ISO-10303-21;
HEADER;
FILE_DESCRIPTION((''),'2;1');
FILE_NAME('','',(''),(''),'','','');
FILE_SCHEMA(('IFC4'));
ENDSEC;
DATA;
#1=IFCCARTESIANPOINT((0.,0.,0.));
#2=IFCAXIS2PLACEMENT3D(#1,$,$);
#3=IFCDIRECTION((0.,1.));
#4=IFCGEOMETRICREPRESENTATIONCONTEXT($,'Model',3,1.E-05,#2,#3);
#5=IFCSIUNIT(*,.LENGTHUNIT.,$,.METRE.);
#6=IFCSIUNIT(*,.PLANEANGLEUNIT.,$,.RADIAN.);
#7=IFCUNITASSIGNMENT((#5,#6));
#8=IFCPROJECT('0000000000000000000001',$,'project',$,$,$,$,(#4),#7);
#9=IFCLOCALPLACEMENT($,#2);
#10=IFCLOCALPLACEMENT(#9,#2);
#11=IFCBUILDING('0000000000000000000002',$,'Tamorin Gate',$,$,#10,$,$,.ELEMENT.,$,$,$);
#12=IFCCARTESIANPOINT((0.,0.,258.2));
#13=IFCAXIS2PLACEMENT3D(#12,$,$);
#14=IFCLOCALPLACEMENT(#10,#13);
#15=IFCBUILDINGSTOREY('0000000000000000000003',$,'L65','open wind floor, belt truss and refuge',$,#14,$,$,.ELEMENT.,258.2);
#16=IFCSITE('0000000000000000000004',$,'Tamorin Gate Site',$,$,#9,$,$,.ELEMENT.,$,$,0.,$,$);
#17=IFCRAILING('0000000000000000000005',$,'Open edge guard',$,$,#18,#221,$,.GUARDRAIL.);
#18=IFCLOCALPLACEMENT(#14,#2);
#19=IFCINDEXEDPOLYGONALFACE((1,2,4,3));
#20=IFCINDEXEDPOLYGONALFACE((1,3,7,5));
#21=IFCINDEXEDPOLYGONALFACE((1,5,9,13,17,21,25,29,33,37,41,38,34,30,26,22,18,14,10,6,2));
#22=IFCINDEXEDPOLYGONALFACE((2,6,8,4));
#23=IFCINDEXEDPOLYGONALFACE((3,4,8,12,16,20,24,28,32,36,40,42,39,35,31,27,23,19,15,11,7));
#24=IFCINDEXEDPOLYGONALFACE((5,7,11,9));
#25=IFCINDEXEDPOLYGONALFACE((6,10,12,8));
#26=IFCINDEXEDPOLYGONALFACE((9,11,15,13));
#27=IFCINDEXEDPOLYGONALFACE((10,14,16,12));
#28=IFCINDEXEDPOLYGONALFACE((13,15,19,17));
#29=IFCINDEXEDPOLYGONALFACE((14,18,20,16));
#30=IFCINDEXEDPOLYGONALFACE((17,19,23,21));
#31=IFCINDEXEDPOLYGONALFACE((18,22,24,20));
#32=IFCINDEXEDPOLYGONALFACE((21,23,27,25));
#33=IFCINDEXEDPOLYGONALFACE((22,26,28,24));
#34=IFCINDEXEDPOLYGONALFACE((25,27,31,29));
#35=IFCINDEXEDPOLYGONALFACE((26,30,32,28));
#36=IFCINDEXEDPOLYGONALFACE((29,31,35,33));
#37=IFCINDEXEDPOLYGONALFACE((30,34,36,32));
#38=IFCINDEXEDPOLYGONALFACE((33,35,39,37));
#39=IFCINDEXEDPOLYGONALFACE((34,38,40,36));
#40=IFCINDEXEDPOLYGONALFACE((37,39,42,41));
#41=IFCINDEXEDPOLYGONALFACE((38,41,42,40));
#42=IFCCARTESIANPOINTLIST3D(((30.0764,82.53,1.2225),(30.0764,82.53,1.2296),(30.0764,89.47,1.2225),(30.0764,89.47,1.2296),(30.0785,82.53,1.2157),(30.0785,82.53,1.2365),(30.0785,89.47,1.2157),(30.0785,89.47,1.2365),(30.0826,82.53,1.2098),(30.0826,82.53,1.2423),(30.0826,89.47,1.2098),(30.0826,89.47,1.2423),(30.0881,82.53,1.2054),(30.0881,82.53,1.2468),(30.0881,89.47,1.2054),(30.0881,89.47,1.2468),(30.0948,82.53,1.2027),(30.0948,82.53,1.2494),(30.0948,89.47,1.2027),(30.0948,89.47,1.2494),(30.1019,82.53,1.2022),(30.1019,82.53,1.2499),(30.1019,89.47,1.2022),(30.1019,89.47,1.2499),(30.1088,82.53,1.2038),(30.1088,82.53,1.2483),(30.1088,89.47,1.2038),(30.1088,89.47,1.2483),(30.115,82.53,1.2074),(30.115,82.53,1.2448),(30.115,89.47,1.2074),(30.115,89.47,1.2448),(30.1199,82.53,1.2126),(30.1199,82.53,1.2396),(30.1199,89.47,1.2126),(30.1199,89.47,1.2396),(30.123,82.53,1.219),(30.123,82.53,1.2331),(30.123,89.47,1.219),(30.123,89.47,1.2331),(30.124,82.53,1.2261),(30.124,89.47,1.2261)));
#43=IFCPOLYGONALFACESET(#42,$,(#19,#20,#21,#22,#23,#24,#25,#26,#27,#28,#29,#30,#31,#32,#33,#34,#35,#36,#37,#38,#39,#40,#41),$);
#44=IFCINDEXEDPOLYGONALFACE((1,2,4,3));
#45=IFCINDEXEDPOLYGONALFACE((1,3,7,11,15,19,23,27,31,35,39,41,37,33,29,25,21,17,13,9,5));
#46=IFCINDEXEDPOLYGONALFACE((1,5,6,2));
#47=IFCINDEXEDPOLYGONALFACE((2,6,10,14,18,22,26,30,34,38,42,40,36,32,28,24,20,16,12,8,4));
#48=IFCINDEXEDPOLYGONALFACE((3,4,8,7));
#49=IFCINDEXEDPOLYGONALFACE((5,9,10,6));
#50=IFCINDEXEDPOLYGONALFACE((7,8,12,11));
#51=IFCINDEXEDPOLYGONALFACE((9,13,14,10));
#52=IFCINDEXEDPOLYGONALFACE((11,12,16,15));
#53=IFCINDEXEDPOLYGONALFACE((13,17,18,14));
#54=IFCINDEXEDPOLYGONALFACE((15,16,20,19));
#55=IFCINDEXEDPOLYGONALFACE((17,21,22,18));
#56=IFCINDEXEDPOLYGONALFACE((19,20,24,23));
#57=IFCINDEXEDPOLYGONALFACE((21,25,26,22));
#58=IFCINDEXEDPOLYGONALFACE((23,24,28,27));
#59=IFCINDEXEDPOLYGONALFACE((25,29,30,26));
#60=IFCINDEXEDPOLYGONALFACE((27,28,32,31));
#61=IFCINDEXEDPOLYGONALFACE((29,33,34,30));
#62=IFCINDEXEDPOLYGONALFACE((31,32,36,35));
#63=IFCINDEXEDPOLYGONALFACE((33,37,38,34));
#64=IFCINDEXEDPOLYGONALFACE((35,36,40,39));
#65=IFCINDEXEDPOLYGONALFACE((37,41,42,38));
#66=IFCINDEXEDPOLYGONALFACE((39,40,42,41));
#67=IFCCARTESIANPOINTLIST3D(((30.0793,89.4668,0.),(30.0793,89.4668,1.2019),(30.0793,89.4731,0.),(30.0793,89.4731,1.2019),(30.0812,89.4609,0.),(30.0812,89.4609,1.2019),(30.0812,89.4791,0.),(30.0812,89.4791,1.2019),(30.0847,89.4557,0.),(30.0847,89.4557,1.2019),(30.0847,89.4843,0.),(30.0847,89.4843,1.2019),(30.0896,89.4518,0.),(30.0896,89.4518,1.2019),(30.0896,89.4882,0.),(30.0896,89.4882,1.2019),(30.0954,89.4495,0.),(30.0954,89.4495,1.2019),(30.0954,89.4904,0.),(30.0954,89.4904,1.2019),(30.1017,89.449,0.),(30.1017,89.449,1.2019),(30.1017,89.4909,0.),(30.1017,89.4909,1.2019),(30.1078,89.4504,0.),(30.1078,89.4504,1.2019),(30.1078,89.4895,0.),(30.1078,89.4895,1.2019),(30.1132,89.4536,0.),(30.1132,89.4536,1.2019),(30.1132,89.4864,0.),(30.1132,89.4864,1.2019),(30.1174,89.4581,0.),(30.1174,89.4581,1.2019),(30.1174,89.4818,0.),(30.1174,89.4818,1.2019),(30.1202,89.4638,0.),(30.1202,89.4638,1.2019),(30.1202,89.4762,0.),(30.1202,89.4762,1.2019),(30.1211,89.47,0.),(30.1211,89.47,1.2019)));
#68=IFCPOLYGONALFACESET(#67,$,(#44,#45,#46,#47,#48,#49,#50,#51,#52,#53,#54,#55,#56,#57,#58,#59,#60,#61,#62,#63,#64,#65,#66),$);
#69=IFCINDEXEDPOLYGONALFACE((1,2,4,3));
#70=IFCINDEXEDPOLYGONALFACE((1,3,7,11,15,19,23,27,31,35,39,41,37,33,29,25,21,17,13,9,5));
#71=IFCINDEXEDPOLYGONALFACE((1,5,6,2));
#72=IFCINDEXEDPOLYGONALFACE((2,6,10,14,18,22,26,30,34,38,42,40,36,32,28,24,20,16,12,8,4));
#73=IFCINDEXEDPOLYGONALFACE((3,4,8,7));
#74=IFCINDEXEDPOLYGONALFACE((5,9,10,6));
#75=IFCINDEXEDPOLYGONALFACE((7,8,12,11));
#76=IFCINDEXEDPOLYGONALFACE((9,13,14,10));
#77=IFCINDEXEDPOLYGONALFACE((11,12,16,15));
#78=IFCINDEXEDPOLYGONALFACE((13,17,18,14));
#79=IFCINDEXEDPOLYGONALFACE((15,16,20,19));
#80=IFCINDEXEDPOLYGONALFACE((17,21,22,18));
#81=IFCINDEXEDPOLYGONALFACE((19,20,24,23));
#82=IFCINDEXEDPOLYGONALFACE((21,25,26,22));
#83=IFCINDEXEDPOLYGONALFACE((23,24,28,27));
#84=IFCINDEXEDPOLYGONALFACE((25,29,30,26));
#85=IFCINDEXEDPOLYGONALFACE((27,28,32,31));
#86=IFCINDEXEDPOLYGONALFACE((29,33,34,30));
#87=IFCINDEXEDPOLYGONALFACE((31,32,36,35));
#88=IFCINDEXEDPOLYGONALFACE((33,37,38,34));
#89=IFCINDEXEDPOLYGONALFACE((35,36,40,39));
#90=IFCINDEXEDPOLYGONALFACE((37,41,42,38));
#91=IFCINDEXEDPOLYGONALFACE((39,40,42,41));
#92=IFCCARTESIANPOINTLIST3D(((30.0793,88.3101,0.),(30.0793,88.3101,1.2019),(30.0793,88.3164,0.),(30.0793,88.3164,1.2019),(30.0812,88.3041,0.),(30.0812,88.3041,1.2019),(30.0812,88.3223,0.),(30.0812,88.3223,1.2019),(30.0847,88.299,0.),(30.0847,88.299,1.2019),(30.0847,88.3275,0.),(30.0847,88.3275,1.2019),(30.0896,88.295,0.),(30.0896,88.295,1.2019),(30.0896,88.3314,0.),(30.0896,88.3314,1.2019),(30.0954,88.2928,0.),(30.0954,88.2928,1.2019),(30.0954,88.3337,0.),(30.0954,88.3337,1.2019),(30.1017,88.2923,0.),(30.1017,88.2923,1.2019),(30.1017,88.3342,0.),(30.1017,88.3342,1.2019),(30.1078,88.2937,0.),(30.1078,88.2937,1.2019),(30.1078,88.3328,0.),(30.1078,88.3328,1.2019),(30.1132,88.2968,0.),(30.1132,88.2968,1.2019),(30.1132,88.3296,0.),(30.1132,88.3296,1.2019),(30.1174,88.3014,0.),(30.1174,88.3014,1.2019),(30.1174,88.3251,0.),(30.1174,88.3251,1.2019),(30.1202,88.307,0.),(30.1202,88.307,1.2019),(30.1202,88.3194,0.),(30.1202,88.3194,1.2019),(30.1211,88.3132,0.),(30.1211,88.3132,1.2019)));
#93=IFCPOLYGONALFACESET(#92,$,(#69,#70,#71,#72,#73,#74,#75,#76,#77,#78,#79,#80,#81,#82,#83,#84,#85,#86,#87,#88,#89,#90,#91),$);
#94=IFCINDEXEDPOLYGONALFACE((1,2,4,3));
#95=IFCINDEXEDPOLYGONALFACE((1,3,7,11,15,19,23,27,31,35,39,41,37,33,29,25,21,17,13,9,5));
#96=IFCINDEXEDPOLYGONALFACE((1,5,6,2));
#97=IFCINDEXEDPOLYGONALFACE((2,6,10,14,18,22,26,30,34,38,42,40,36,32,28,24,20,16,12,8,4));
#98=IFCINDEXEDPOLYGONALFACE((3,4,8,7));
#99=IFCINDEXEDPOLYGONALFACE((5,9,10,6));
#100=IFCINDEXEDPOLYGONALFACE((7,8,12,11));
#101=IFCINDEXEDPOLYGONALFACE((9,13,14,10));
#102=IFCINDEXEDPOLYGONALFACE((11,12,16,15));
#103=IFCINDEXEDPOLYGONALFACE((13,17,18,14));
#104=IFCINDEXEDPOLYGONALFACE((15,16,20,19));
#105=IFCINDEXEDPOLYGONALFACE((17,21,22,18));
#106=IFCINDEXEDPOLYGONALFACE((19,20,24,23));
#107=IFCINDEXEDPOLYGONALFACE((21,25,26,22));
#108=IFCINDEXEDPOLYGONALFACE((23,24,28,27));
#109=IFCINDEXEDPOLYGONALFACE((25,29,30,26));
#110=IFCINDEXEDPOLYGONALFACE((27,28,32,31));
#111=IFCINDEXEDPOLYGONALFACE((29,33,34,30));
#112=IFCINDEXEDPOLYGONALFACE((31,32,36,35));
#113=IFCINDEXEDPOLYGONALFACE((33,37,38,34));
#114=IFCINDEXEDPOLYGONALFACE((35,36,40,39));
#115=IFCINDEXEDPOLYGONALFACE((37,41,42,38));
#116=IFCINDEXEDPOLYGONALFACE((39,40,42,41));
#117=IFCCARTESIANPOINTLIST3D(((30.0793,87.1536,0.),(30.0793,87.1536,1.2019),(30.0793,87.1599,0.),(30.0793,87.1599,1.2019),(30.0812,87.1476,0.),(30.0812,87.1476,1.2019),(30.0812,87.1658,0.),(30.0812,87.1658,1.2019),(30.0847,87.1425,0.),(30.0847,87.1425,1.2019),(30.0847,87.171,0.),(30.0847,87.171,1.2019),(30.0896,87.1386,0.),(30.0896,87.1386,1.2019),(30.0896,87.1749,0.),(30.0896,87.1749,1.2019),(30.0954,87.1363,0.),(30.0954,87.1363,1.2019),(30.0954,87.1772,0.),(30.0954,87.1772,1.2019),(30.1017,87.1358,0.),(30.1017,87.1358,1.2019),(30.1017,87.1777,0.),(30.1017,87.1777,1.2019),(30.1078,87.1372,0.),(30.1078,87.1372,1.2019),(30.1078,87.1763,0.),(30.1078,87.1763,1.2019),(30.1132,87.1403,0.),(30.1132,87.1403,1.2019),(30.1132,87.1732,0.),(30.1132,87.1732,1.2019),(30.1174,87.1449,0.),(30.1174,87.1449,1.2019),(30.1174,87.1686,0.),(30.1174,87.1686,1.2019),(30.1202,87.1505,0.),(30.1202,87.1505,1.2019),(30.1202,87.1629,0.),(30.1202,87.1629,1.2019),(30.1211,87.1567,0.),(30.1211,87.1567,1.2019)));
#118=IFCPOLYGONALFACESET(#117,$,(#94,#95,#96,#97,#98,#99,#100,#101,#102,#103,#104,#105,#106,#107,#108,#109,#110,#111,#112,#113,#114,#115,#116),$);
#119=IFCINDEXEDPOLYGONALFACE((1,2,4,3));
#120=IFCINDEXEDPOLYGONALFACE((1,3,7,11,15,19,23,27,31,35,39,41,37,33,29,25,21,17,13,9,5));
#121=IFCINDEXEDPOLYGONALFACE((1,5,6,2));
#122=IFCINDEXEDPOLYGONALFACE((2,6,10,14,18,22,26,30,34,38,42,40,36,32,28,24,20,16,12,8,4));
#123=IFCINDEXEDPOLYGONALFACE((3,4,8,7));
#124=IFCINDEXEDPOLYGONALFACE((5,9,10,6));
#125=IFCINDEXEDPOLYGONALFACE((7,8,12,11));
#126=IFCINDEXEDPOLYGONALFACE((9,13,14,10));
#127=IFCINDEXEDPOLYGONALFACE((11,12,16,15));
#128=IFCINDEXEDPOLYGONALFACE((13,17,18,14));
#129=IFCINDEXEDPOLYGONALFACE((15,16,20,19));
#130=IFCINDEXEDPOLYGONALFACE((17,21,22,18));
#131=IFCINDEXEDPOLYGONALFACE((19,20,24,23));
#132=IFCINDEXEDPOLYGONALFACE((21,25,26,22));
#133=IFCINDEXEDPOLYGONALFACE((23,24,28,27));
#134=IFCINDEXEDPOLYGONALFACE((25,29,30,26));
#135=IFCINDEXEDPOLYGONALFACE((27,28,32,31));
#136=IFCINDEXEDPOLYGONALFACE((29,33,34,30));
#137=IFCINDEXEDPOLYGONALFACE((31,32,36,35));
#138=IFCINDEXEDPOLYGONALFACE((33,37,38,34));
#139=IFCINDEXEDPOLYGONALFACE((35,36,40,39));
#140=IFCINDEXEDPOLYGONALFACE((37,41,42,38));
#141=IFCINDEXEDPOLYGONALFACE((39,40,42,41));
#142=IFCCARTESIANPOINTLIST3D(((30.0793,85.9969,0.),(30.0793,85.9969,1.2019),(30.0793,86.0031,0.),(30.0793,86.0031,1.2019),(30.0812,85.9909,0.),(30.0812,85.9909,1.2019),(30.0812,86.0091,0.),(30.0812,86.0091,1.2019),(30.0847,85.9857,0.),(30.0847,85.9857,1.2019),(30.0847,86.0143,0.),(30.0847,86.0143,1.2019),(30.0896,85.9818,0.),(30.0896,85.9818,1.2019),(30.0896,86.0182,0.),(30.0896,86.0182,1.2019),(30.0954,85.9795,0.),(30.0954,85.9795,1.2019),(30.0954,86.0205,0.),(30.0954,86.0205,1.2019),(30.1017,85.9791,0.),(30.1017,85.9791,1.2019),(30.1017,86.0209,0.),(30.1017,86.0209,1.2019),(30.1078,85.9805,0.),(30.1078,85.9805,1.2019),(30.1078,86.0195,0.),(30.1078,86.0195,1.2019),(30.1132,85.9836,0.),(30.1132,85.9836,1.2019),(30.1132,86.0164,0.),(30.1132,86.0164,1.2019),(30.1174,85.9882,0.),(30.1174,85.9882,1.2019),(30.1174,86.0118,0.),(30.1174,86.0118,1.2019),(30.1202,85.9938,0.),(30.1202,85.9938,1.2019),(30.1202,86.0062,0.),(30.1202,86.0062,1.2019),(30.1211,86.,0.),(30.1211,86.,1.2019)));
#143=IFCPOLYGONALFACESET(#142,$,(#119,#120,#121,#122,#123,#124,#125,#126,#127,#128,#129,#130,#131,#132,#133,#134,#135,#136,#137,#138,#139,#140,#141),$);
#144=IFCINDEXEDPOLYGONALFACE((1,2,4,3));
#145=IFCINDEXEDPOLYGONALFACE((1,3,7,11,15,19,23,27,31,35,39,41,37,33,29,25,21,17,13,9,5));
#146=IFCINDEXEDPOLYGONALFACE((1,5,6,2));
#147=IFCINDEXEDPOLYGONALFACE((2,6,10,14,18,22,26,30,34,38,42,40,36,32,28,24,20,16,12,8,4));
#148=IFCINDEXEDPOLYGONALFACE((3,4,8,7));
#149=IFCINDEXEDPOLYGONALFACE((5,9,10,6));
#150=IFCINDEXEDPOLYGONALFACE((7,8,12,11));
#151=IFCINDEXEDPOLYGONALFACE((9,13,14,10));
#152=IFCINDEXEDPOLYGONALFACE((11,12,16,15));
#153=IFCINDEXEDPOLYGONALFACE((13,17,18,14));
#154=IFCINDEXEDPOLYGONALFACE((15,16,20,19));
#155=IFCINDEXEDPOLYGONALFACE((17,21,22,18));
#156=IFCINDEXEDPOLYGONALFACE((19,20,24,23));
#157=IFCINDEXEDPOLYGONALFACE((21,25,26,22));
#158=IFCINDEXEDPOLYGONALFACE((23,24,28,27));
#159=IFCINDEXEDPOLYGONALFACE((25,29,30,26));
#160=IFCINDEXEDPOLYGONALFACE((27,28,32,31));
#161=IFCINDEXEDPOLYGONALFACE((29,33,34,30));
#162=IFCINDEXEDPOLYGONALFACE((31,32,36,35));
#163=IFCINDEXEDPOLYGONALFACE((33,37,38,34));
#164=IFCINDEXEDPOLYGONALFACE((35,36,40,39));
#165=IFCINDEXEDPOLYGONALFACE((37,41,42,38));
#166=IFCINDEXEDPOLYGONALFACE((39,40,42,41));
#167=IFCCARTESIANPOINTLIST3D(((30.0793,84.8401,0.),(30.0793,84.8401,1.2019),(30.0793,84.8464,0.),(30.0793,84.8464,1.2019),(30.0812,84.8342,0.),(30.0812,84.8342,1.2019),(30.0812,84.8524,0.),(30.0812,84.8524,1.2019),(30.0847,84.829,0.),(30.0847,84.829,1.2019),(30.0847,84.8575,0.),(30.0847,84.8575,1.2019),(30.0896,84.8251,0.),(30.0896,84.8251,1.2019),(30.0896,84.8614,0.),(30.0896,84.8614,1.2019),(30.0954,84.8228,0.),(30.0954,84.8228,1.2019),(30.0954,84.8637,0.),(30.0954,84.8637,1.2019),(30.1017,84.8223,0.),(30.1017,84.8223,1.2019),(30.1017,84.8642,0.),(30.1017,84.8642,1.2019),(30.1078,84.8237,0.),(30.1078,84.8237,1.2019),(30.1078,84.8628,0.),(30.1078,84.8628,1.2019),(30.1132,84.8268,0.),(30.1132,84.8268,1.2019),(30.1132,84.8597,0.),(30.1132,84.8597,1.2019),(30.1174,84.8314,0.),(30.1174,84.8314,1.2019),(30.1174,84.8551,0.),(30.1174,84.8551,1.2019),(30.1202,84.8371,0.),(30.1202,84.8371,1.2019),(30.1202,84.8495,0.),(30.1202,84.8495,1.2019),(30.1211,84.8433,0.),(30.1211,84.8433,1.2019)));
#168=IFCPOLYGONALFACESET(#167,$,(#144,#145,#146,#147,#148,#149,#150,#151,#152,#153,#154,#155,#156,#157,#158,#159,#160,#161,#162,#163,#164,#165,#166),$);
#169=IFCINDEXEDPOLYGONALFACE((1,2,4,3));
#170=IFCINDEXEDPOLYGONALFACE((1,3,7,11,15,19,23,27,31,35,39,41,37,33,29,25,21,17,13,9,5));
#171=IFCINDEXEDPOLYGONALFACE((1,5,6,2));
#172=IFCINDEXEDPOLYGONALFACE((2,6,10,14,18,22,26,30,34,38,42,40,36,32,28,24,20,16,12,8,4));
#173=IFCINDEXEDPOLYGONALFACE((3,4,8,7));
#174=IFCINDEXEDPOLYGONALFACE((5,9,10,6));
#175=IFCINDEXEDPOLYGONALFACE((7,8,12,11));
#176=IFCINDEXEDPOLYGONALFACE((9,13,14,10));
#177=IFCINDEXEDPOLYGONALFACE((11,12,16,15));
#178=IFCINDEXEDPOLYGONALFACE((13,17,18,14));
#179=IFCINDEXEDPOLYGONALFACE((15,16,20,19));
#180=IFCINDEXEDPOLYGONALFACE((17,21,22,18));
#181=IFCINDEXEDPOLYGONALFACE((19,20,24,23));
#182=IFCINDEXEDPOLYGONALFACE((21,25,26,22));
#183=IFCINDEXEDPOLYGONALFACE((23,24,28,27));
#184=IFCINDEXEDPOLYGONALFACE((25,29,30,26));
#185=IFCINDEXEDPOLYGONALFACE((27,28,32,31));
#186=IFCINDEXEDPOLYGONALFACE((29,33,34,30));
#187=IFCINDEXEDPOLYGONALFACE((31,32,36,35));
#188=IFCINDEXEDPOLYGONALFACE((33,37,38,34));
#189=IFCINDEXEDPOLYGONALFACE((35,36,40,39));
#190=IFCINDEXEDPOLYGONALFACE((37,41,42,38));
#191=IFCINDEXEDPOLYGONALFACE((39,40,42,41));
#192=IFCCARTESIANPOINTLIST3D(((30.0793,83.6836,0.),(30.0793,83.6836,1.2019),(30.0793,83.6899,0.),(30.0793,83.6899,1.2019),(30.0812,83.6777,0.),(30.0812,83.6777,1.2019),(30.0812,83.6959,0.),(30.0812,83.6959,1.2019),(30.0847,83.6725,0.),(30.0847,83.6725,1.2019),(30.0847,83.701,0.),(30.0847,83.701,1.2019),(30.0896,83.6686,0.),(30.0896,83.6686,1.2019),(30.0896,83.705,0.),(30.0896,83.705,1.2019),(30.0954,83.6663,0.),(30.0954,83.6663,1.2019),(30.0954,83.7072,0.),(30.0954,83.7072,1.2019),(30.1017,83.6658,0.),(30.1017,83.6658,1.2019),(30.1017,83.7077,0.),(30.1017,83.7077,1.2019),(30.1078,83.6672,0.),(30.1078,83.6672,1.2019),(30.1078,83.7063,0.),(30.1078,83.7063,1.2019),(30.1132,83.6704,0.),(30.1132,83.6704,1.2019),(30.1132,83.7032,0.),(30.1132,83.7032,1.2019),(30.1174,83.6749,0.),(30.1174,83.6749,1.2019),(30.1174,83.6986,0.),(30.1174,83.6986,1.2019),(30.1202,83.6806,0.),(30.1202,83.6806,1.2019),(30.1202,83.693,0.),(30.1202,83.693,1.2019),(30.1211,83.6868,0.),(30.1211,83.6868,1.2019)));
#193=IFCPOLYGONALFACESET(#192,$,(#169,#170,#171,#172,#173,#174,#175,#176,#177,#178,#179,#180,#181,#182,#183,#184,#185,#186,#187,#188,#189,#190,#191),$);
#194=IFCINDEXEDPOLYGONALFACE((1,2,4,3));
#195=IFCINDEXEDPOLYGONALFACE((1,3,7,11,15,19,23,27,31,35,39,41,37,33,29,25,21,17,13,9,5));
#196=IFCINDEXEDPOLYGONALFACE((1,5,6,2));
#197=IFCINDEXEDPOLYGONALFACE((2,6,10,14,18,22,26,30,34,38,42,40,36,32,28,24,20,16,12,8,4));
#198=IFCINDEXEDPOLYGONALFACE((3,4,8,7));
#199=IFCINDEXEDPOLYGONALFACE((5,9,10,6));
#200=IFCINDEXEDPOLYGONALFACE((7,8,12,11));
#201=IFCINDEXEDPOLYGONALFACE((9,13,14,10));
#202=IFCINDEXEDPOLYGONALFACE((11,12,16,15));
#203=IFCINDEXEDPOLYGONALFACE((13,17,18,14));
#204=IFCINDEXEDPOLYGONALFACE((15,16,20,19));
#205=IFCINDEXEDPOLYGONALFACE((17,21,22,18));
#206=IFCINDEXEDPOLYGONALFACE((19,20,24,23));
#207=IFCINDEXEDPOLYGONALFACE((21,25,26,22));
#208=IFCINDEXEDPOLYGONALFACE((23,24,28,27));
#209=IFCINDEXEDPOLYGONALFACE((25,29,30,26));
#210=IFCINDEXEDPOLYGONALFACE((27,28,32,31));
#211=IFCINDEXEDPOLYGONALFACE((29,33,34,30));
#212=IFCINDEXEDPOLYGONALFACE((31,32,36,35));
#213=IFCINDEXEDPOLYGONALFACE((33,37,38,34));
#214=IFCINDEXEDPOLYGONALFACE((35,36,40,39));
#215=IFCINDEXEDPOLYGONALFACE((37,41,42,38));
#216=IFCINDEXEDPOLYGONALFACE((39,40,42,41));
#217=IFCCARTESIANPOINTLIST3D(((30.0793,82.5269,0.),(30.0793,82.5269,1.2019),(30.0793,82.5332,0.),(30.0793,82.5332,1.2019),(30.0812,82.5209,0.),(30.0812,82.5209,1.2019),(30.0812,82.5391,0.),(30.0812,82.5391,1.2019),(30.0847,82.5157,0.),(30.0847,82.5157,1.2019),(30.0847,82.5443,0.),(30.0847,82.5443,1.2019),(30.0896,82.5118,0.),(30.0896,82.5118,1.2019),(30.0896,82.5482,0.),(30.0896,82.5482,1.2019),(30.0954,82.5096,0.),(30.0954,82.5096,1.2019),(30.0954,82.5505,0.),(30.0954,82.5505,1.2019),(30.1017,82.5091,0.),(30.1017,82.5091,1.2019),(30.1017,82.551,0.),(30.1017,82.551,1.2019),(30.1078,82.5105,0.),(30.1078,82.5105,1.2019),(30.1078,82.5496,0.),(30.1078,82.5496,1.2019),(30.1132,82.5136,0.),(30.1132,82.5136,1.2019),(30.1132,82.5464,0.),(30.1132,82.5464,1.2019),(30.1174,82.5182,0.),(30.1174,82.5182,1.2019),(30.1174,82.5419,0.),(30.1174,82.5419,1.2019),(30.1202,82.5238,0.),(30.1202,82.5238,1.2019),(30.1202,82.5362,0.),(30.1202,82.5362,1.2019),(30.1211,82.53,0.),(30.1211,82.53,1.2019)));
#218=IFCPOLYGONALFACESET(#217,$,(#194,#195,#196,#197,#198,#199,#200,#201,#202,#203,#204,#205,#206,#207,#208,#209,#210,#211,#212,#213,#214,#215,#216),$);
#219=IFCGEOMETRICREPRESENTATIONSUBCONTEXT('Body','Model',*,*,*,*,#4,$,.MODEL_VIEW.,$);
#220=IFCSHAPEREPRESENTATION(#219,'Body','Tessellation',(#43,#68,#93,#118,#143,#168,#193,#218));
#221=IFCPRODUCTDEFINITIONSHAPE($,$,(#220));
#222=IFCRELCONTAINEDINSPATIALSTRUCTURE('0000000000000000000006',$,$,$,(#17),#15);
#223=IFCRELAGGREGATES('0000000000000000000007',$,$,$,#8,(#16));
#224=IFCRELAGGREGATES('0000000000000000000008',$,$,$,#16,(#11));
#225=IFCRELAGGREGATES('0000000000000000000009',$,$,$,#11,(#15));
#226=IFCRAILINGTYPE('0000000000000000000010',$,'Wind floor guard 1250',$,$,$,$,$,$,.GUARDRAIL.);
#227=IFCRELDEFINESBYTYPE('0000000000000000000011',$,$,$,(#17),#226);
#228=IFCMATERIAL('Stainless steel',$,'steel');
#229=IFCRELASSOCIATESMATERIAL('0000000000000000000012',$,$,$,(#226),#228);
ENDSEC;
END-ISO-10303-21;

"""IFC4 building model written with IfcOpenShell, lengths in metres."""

from ifc_helpers import new_model, si_unit, direction, frame, origin, origin_2d, place, context, subcontext, project, spatial, circle, extrude, material, type_object, element, save


model = new_model("IFC4")

# Units and contexts
model_context = context("Model", 3, precision=1e-05, world=origin(), true_north=direction((0.0, 1.0)))
body_context = subcontext(model_context, "Body", "Model", "MODEL_VIEW")
ifc_project = project(units=[si_unit("LENGTHUNIT", "METRE"), si_unit("PLANEANGLEUNIT", "RADIAN")], contexts=[model_context])

# Site, building, storey
site_placement = place(None, origin())
site = spatial("IfcSite", under=ifc_project, at=site_placement, Name="Tamorin Gate Site", CompositionType="ELEMENT", RefElevation=0.0)
building_placement = place(site_placement, origin())
building = spatial("IfcBuilding", under=site, at=building_placement, Name="Tamorin Gate", CompositionType="ELEMENT")
storey_placement = place(building_placement, frame((0.0, 0.0, 258.2)))
storey = spatial("IfcBuildingStorey", under=building, at=storey_placement, Name="L65", Description="open wind floor, belt truss and refuge", CompositionType="ELEMENT", Elevation=258.2)

# Railing
ifc_material_1 = material(Name="Stainless steel", Category="steel")
railing_type = type_object("IfcRailingType", Name="Wind floor guard 1250", PredefinedType="GUARDRAIL", material=ifc_material_1)
railing_1_placement = place(storey_placement, frame((30.1001, 89.47, 0.0)))
element("IfcRailing", 1, at=railing_1_placement, inside=storey, type_object=railing_type, Name="Open edge guard", PredefinedType="GUARDRAIL", context=body_context, shape_type="SweptSolid", body=[
    extrude(circle(Radius=0.0239, at=origin_2d()), frame((0.0, 0.0, 1.2261), z_axis=(0.0, -1.0, 0.0), x_axis=(1.0, 0.0, 0.0)), (0.0, 0.0, 1.0), 6.9399),
    extrude(circle(Radius=0.021, at=origin_2d()), origin(), (0.0, 0.0, 1.0), 1.2019),
    extrude(circle(Radius=0.021, at=origin_2d()), frame((0.0, -1.1567, 0.0)), (0.0, 0.0, 1.0), 1.2019),
    extrude(circle(Radius=0.021, at=origin_2d()), frame((0.0, -2.3132, 0.0)), (0.0, 0.0, 1.0), 1.2019),
    extrude(circle(Radius=0.021, at=origin_2d()), frame((0.0, -3.47, 0.0)), (0.0, 0.0, 1.0), 1.2019),
    extrude(circle(Radius=0.021, at=origin_2d()), frame((0.0, -4.6267, 0.0)), (0.0, 0.0, 1.0), 1.2019),
    extrude(circle(Radius=0.021, at=origin_2d()), frame((0.0, -5.7832, 0.0)), (0.0, 0.0, 1.0), 1.2019),
    extrude(circle(Radius=0.021, at=origin_2d()), frame((0.0, -6.9399, 0.0)), (0.0, 0.0, 1.0), 1.2019),
])

save(model, "model.ifc")
